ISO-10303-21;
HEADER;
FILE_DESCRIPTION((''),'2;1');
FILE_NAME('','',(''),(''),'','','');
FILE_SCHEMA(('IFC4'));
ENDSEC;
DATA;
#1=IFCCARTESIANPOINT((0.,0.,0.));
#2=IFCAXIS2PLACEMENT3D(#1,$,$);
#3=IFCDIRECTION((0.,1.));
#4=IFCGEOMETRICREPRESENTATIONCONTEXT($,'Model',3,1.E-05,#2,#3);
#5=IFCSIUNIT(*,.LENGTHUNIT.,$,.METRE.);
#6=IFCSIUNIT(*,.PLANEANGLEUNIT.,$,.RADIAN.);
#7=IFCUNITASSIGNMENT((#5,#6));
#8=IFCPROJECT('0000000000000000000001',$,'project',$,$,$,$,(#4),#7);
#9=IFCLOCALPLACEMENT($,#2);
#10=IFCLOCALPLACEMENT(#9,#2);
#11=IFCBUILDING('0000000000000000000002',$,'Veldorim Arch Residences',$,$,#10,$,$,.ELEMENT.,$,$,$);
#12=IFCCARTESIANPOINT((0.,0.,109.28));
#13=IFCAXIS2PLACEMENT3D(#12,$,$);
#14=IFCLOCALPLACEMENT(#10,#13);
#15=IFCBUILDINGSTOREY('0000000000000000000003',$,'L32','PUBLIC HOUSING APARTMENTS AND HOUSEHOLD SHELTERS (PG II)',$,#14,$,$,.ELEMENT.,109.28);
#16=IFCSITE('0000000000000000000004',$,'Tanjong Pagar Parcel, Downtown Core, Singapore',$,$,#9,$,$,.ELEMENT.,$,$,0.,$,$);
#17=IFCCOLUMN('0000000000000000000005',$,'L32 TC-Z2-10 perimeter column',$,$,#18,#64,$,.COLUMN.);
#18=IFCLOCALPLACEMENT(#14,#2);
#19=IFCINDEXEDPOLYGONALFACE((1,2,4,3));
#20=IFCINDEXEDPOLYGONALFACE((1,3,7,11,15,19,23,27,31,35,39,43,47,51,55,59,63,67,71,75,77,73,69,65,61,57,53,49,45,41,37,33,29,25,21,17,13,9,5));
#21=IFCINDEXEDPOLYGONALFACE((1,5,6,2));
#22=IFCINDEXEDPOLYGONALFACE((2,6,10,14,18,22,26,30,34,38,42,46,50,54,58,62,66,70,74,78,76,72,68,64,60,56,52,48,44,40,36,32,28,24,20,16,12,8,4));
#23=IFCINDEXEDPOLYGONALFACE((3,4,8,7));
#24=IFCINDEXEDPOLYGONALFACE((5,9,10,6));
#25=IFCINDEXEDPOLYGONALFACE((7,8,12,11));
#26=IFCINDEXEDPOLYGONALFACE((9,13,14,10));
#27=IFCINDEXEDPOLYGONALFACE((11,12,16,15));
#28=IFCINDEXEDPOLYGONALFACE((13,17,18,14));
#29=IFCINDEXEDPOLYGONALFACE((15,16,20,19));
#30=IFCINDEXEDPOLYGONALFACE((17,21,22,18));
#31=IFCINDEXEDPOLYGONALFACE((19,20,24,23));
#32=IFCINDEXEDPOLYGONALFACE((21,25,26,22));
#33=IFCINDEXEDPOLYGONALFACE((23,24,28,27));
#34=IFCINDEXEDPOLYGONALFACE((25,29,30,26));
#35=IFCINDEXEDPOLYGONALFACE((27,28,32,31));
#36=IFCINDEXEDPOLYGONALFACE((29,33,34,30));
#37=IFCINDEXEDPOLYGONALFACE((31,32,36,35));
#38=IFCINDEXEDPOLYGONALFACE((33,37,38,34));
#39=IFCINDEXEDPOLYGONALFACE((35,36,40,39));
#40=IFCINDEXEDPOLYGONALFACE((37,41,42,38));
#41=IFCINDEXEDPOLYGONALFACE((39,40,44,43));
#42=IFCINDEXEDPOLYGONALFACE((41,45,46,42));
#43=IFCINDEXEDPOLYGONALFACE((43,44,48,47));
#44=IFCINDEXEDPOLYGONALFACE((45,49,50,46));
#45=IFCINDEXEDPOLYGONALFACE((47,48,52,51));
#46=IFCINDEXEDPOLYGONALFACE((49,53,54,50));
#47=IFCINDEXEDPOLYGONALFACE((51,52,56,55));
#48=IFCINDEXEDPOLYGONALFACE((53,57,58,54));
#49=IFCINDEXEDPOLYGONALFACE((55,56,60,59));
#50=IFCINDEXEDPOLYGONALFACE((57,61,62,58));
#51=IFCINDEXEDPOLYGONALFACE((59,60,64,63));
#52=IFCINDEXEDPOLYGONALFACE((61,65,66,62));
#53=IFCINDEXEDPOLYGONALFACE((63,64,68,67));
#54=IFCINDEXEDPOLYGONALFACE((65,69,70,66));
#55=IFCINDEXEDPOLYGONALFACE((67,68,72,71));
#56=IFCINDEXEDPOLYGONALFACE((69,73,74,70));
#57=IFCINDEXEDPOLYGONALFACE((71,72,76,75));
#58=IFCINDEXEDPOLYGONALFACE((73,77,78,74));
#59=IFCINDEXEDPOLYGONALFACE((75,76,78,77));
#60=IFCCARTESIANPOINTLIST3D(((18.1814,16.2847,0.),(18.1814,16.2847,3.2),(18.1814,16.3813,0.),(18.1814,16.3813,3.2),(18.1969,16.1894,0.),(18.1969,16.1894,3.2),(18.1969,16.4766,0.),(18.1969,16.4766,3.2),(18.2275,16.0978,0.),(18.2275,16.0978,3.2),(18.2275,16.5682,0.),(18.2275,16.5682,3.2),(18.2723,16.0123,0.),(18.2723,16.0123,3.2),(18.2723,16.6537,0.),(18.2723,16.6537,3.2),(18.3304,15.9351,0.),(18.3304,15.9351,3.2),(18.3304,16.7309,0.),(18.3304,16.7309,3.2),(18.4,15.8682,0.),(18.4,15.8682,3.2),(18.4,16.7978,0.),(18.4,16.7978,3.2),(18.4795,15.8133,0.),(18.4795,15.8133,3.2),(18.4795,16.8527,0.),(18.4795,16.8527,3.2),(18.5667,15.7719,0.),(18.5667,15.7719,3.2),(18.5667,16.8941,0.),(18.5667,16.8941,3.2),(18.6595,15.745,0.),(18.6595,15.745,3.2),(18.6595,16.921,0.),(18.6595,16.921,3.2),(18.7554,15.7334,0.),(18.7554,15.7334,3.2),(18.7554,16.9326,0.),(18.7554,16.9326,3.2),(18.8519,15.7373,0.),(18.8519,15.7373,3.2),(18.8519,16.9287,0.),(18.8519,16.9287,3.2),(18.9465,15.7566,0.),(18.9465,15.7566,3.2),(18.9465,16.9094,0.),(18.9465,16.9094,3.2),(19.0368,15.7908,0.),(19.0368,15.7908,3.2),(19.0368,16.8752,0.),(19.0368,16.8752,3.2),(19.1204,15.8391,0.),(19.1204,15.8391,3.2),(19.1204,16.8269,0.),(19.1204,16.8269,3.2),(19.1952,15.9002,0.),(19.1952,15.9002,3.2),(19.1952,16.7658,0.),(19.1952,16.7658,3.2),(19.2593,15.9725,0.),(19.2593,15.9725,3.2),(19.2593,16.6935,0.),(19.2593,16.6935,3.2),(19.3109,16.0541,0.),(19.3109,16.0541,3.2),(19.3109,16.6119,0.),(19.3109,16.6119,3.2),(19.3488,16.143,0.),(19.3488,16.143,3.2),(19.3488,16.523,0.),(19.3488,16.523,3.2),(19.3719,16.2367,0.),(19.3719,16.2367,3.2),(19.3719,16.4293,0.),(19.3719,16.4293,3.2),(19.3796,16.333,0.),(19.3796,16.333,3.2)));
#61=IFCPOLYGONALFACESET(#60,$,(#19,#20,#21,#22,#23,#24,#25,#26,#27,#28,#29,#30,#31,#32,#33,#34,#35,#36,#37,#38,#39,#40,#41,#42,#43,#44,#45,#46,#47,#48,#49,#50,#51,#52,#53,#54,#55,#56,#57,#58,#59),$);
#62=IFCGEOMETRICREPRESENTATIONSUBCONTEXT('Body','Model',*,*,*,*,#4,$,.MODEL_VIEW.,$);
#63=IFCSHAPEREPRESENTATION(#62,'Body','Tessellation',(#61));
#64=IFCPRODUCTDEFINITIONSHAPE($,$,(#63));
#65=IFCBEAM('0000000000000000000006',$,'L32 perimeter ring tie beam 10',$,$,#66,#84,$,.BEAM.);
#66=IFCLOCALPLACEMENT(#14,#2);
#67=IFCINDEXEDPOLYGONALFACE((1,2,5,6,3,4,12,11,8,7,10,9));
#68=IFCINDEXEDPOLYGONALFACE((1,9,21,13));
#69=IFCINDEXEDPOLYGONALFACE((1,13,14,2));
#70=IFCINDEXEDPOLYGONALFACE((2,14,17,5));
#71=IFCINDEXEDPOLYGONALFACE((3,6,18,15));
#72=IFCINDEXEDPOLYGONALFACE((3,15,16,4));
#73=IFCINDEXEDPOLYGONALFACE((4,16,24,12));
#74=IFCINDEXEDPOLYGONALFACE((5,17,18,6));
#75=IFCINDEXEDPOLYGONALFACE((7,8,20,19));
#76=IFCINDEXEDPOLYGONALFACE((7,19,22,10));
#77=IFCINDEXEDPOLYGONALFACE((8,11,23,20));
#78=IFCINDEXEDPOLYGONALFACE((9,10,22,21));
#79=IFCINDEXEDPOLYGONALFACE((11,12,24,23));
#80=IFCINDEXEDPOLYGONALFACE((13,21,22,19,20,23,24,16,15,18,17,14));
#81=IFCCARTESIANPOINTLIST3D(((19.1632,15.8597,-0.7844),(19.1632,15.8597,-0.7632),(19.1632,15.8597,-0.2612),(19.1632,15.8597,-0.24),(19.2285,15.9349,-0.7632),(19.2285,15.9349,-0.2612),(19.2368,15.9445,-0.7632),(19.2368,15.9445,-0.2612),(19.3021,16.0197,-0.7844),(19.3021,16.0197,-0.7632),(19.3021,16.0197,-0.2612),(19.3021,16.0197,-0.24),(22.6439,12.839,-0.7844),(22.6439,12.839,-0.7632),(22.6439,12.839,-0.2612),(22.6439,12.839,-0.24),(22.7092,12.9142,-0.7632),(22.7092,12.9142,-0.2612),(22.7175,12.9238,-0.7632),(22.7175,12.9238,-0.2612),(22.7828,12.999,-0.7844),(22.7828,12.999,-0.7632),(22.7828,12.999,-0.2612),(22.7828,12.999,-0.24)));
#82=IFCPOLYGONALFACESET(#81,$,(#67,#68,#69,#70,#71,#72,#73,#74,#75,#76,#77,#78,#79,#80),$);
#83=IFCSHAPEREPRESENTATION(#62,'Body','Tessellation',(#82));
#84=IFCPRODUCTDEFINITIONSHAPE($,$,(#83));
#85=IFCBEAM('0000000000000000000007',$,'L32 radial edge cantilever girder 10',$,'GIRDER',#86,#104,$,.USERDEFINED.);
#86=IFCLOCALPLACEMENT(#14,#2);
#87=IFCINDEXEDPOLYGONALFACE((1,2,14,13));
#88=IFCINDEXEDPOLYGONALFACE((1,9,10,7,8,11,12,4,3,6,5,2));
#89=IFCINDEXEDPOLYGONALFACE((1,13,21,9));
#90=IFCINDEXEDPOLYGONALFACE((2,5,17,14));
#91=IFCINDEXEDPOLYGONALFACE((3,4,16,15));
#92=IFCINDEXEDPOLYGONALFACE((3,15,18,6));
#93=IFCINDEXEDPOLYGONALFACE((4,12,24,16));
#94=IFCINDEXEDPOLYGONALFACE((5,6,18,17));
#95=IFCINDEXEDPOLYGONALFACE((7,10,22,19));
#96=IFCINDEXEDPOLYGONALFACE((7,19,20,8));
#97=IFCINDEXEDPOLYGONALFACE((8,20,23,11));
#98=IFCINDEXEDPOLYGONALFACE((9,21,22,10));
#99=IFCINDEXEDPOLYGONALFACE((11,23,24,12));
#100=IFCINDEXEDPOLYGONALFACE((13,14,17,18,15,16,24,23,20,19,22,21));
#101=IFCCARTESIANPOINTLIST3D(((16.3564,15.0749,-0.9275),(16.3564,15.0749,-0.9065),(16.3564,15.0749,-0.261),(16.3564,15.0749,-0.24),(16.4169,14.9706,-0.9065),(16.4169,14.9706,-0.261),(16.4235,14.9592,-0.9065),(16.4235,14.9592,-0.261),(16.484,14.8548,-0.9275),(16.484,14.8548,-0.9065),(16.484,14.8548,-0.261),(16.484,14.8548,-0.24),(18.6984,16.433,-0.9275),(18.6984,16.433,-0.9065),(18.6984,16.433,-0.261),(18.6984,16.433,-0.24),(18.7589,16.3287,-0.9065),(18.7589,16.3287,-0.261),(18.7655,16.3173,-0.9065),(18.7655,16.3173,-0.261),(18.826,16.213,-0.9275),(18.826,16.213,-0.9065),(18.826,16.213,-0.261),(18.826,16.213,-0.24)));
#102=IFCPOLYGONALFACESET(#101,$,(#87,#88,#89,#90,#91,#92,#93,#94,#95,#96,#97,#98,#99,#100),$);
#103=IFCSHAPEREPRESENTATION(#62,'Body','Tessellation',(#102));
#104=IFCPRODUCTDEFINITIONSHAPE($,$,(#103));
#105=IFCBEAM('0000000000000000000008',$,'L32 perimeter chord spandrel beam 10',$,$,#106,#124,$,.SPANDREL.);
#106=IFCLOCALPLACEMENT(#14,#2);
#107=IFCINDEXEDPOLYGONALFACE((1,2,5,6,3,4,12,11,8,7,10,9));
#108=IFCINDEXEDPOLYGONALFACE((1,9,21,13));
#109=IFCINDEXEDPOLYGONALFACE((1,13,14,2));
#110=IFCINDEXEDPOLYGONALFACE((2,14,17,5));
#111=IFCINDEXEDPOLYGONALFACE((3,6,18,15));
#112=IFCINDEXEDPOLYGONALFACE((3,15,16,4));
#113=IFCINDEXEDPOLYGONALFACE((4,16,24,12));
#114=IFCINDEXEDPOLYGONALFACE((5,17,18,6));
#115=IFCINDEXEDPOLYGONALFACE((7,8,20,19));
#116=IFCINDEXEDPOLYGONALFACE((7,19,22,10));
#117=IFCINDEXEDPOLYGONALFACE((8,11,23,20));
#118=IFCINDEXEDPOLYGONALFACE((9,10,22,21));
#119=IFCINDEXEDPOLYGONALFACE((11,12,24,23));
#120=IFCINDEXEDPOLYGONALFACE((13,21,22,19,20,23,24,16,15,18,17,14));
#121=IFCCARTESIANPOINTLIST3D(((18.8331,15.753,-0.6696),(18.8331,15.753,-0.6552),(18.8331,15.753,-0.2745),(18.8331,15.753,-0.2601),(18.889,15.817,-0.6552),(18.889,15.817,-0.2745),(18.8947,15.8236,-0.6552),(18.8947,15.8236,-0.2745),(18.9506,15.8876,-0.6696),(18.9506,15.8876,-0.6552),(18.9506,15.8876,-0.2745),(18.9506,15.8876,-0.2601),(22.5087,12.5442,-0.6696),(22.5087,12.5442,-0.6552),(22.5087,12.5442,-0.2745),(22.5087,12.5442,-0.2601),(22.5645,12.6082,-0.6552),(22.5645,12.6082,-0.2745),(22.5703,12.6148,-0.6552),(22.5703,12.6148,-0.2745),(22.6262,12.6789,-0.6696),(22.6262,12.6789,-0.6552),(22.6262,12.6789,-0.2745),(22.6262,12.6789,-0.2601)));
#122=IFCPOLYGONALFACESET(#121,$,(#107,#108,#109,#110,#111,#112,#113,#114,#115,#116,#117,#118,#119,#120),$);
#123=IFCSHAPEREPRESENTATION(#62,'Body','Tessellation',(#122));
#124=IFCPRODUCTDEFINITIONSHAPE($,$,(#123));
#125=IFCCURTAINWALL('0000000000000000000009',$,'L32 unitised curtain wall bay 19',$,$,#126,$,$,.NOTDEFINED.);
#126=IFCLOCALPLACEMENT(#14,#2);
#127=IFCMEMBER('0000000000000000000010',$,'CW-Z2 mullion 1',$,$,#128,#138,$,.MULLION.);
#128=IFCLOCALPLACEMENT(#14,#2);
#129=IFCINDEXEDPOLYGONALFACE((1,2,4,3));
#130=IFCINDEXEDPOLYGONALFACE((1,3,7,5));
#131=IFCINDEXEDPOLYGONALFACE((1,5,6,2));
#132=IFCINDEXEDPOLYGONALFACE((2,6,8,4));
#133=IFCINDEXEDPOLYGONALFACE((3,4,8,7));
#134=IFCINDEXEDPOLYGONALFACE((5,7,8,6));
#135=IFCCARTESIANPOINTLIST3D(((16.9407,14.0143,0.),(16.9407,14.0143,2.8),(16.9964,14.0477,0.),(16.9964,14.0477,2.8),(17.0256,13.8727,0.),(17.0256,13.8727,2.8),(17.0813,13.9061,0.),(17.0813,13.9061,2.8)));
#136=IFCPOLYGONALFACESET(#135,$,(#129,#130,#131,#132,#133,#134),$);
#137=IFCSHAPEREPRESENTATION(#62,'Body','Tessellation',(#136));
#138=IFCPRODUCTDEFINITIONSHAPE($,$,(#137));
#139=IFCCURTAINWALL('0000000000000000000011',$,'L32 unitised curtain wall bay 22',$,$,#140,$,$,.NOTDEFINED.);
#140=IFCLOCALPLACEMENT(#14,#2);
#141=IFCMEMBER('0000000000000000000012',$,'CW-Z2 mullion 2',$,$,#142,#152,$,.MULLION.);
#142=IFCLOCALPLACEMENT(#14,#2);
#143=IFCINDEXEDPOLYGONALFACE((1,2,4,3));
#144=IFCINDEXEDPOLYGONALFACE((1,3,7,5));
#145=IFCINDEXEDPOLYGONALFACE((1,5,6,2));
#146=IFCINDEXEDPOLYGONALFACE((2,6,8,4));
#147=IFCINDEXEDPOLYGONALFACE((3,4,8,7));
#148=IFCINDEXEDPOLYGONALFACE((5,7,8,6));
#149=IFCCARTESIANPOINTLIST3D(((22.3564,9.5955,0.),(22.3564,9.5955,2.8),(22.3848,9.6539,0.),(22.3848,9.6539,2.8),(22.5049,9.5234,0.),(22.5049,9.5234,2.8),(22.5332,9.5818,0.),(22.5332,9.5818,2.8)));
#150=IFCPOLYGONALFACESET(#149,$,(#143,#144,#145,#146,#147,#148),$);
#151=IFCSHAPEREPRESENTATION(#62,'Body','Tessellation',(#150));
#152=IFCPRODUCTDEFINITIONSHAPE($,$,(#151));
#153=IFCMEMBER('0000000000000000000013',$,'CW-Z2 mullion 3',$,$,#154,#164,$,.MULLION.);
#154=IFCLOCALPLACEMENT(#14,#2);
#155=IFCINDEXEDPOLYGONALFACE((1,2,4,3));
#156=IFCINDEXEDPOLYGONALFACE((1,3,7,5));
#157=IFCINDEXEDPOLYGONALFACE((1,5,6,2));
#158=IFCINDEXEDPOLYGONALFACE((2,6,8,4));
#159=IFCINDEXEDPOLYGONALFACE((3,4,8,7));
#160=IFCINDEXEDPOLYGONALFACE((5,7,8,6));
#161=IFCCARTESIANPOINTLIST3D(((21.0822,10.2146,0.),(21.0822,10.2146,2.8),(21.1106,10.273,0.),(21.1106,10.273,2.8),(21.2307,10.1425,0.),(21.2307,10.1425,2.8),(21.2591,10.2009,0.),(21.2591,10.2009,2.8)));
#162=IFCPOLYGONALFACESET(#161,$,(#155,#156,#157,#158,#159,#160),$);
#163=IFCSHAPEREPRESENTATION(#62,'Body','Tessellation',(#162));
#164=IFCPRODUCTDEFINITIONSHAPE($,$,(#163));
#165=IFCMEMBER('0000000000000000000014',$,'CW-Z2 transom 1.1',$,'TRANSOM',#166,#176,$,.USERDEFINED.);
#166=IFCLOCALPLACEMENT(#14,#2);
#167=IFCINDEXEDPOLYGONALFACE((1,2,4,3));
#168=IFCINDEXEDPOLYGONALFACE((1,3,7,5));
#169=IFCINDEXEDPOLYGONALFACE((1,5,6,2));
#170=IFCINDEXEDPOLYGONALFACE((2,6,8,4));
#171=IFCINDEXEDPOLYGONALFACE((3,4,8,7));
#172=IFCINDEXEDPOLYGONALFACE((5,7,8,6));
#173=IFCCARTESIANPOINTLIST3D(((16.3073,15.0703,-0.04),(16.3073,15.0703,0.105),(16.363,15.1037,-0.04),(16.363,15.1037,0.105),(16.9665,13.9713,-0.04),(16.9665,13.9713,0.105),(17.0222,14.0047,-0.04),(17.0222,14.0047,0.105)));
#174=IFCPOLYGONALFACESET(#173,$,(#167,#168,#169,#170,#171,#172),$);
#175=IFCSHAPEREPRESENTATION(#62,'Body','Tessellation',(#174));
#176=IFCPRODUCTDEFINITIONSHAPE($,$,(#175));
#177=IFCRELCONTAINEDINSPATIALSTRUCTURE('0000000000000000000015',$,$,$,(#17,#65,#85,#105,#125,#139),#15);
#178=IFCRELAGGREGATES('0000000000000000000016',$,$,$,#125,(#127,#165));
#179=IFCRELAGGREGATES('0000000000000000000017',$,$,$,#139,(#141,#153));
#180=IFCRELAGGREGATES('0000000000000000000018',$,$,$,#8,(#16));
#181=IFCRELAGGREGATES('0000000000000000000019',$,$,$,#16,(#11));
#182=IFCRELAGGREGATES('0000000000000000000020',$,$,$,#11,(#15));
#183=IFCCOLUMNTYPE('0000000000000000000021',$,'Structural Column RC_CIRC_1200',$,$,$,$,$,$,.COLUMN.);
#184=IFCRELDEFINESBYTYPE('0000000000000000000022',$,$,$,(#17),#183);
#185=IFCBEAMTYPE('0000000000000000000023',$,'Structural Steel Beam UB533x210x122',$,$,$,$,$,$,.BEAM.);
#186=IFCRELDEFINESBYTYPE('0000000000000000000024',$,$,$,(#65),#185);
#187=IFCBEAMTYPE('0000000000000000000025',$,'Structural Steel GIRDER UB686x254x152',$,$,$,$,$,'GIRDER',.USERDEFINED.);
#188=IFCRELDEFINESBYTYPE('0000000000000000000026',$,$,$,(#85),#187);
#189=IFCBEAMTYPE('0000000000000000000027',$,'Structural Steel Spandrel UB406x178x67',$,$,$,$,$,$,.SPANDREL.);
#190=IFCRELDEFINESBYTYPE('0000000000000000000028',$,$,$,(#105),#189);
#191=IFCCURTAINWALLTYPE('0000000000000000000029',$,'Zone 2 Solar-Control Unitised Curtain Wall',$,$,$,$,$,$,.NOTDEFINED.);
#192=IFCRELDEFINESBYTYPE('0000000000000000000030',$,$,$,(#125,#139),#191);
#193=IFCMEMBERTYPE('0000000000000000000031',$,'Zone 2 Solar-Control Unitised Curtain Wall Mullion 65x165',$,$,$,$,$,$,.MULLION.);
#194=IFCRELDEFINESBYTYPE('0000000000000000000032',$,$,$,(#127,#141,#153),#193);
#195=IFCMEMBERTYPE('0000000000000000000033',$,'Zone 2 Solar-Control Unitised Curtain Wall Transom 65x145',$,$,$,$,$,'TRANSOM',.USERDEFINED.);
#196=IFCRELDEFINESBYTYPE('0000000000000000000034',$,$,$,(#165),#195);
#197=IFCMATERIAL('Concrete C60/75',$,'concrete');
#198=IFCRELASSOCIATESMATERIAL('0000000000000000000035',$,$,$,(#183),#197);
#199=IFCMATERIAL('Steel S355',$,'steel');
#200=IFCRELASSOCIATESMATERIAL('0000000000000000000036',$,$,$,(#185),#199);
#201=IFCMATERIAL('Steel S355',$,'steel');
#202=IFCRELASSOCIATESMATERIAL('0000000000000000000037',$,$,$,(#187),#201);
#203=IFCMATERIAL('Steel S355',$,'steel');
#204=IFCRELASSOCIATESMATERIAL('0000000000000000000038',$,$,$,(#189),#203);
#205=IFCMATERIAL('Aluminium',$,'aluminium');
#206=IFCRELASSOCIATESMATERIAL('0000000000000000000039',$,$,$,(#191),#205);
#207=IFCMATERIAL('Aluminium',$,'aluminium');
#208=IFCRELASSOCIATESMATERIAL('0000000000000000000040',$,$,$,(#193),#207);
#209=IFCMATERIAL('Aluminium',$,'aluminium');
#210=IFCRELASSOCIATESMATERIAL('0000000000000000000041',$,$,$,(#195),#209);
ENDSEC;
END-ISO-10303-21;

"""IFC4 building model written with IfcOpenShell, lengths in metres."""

from ifc_helpers import new_model, si_unit, direction, frame, origin, origin_2d, place, context, subcontext, project, spatial, rectangle, circle, i_section, extrude, material, material_profile, profile_set, type_object, element, aggregate, save


model = new_model("IFC4")

# Units and contexts
model_context = context("Model", 3, precision=1e-05, world=origin(), true_north=direction((0.0, 1.0)))
body_context = subcontext(model_context, "Body", "Model", "MODEL_VIEW")
ifc_project = project(units=[si_unit("LENGTHUNIT", "METRE"), si_unit("PLANEANGLEUNIT", "RADIAN")], contexts=[model_context])

# Site, building, storey
site_placement = place(None, origin())
site = spatial("IfcSite", under=ifc_project, at=site_placement, Name="Tanjong Pagar Parcel, Downtown Core, Singapore", CompositionType="ELEMENT", RefElevation=0.0)
building_placement = place(site_placement, origin())
building = spatial("IfcBuilding", under=site, at=building_placement, Name="Veldorim Arch Residences", CompositionType="ELEMENT")
storey_placement = place(building_placement, frame((0.0, 0.0, 109.28)))
storey = spatial("IfcBuildingStorey", under=building, at=storey_placement, Name="L32", Description="PUBLIC HOUSING APARTMENTS AND HOUSEHOLD SHELTERS (PG II)", CompositionType="ELEMENT", Elevation=109.28)

# Column
ifc_material_1 = material(Name="Concrete C60/75", Category="concrete")
ifc_material_profile_1 = material_profile(ifc_material_1, circle(Radius=0.6001, at=origin_2d()), Name="RC_CIRC_1200")
ifc_profile_set_1 = profile_set([ifc_material_profile_1], Name="Concrete C60/75")
column_type = type_object("IfcColumnType", Name="Structural Column RC_CIRC_1200", PredefinedType="COLUMN", material=ifc_profile_set_1)
column_placement = place(storey_placement, frame((18.7795, 16.333, 0.0), z_axis=(0.0, 0.0, 1.0), x_axis=(1.0, 0.0, 0.0)))
element("IfcColumn", 1, at=column_placement, inside=storey, type_object=column_type, Name="L32 TC-Z2-10 perimeter column", PredefinedType="COLUMN", context=body_context, shape_type="SweptSolid", body=[
    extrude(circle(Radius=0.6001, at=origin_2d()), origin(), (0.0, 0.0, 1.0), 3.2),
])

# Beams
ifc_material_2 = material(Name="Steel S355", Category="steel")
ifc_material_profile_2 = material_profile(ifc_material_2, i_section(OverallWidth=0.2119, OverallDepth=0.5444, WebThickness=0.0127, FlangeThickness=0.0212, at=origin_2d()), Name="UB533x210x122")
ifc_profile_set_2 = profile_set([ifc_material_profile_2], Name="Steel S355")
beam_type_1 = type_object("IfcBeamType", Name="Structural Steel Beam UB533x210x122", PredefinedType="BEAM", material=ifc_profile_set_2)
beam_1_placement = place(storey_placement, frame((19.2327, 15.9397, -0.5122), z_axis=(0.755245, -0.655443, 0.0), x_axis=(0.655443, 0.755245, 0.0)))
element("IfcBeam", 2, at=beam_1_placement, inside=storey, type_object=beam_type_1, Name="L32 perimeter ring tie beam 10", PredefinedType="BEAM", context=body_context, shape_type="SweptSolid", body=[
    extrude(i_section(OverallWidth=0.2119, OverallDepth=0.5444, WebThickness=0.0127, FlangeThickness=0.0212, at=origin_2d()), origin(), (0.0, 0.0, 1.0), 4.6086),
])
ifc_material_3 = material(Name="Steel S355", Category="steel")
ifc_material_profile_3 = material_profile(ifc_material_3, i_section(OverallWidth=0.2544, OverallDepth=0.6875, WebThickness=0.0132, FlangeThickness=0.021, at=origin_2d()), Name="UB686x254x152")
ifc_profile_set_3 = profile_set([ifc_material_profile_3], Name="Steel S355")
beam_type_2 = type_object("IfcBeamType", Name="Structural Steel GIRDER UB686x254x152", ElementType="GIRDER", PredefinedType="USERDEFINED", material=ifc_profile_set_3)
beam_2_placement = place(storey_placement, frame((18.7622, 16.323, -0.5837), z_axis=(-0.865068, -0.501655, 0.0), x_axis=(0.501655, -0.865068, 0.0)))
element("IfcBeam", 3, at=beam_2_placement, inside=storey, type_object=beam_type_2, Name="L32 radial edge cantilever girder 10", ObjectType="GIRDER", PredefinedType="USERDEFINED", context=body_context, shape_type="SweptSolid", body=[
    extrude(i_section(OverallWidth=0.2544, OverallDepth=0.6875, WebThickness=0.0132, FlangeThickness=0.021, at=origin_2d()), origin(), (0.0, 0.0, 1.0), 2.7073),
])
ifc_material_4 = material(Name="Steel S355", Category="steel")
ifc_material_profile_4 = material_profile(ifc_material_4, i_section(OverallWidth=0.1787, OverallDepth=0.4094, WebThickness=0.0088, FlangeThickness=0.0144, at=origin_2d()), Name="UB406x178x67")
ifc_profile_set_4 = profile_set([ifc_material_profile_4], Name="Steel S355")
beam_type_3 = type_object("IfcBeamType", Name="Structural Steel Spandrel UB406x178x67", PredefinedType="SPANDREL", material=ifc_profile_set_4)
beam_3_placement = place(storey_placement, frame((18.8918, 15.8203, -0.4648), z_axis=(0.753323, -0.65765, 0.0), x_axis=(0.65765, 0.753323, 0.0)))
element("IfcBeam", 4, at=beam_3_placement, inside=storey, type_object=beam_type_3, Name="L32 perimeter chord spandrel beam 10", PredefinedType="SPANDREL", context=body_context, shape_type="SweptSolid", body=[
    extrude(i_section(OverallWidth=0.1787, OverallDepth=0.4094, WebThickness=0.0088, FlangeThickness=0.0144, at=origin_2d()), origin(), (0.0, 0.0, 1.0), 4.8792),
])

# Curtain wall, member
ifc_material_5 = material(Name="Aluminium", Category="aluminium")
curtain_wall_type = type_object("IfcCurtainWallType", Name="Zone 2 Solar-Control Unitised Curtain Wall", PredefinedType="NOTDEFINED", material=ifc_material_5)
curtain_wall_1_placement = place(storey_placement, origin())
curtain_wall_1 = element("IfcCurtainWall", 5, at=curtain_wall_1_placement, inside=storey, type_object=curtain_wall_type, Name="L32 unitised curtain wall bay 19", PredefinedType="NOTDEFINED")
ifc_material_6 = material(Name="Aluminium", Category="aluminium")
ifc_material_profile_5 = material_profile(ifc_material_6, rectangle(XDim=0.0649, YDim=0.165, at=origin_2d()), Name="ALU_MUL_65x165")
ifc_profile_set_5 = profile_set([ifc_material_profile_5], Name="Aluminium")
member_type_1 = type_object("IfcMemberType", Name="Zone 2 Solar-Control Unitised Curtain Wall Mullion 65x165", PredefinedType="MULLION", material=ifc_profile_set_5)
member_1_placement = place(storey_placement, frame((17.011, 13.9602, 0.0), z_axis=(0.0, 0.0, 1.0), x_axis=(-0.85757, -0.514368, 0.0)))
member_1 = element("IfcMember", 6, at=member_1_placement, type_object=member_type_1, Name="CW-Z2 mullion 1", PredefinedType="MULLION", context=body_context, shape_type="SweptSolid", body=[
    extrude(rectangle(XDim=0.0649, YDim=0.165, at=origin_2d()), origin(), (0.0, 0.0, 1.0), 2.8),
])

# Curtain wall, members
curtain_wall_2_placement = place(storey_placement, origin())
curtain_wall_2 = element("IfcCurtainWall", 7, at=curtain_wall_2_placement, inside=storey, type_object=curtain_wall_type, Name="L32 unitised curtain wall bay 22", PredefinedType="NOTDEFINED")
member_2_placement = place(storey_placement, frame((22.4448, 9.5886, 0.0), z_axis=(0.0, 0.0, 1.0), x_axis=(-0.437, -0.899462, 0.0)))
member_2 = element("IfcMember", 8, at=member_2_placement, type_object=member_type_1, Name="CW-Z2 mullion 2", PredefinedType="MULLION", context=body_context, shape_type="SweptSolid", body=[
    extrude(rectangle(XDim=0.0649, YDim=0.165, at=origin_2d()), origin(), (0.0, 0.0, 1.0), 2.8),
])
member_3_placement = place(storey_placement, frame((21.1707, 10.2078, 0.0), z_axis=(0.0, 0.0, 1.0), x_axis=(-0.437, -0.899462, 0.0)))
member_3 = element("IfcMember", 9, at=member_3_placement, type_object=member_type_1, Name="CW-Z2 mullion 3", PredefinedType="MULLION", context=body_context, shape_type="SweptSolid", body=[
    extrude(rectangle(XDim=0.0649, YDim=0.165, at=origin_2d()), origin(), (0.0, 0.0, 1.0), 2.8),
])

# Member
ifc_material_7 = material(Name="Aluminium", Category="aluminium")
ifc_material_profile_6 = material_profile(ifc_material_7, rectangle(XDim=0.0649, YDim=0.145, at=origin_2d()), Name="ALU_TRN_65x145")
ifc_profile_set_6 = profile_set([ifc_material_profile_6], Name="Aluminium")
member_type_2 = type_object("IfcMemberType", Name="Zone 2 Solar-Control Unitised Curtain Wall Transom 65x145", ElementType="TRANSOM", PredefinedType="USERDEFINED", material=ifc_profile_set_6)
member_4_placement = place(storey_placement, frame((16.9944, 13.988, 0.0325), z_axis=(-0.514412, 0.857543, 0.0), x_axis=(-0.857543, -0.514412, 0.0)))
member_4 = element("IfcMember", 10, at=member_4_placement, type_object=member_type_2, Name="CW-Z2 transom 1.1", ObjectType="TRANSOM", PredefinedType="USERDEFINED", context=body_context, shape_type="SweptSolid", body=[
    extrude(rectangle(XDim=0.0649, YDim=0.145, at=origin_2d()), origin(), (0.0, 0.0, 1.0), 1.2815),
])
aggregate(curtain_wall_1, [member_1, member_4])

aggregate(curtain_wall_2, [member_2, member_3])

save(model, "model.ifc")
